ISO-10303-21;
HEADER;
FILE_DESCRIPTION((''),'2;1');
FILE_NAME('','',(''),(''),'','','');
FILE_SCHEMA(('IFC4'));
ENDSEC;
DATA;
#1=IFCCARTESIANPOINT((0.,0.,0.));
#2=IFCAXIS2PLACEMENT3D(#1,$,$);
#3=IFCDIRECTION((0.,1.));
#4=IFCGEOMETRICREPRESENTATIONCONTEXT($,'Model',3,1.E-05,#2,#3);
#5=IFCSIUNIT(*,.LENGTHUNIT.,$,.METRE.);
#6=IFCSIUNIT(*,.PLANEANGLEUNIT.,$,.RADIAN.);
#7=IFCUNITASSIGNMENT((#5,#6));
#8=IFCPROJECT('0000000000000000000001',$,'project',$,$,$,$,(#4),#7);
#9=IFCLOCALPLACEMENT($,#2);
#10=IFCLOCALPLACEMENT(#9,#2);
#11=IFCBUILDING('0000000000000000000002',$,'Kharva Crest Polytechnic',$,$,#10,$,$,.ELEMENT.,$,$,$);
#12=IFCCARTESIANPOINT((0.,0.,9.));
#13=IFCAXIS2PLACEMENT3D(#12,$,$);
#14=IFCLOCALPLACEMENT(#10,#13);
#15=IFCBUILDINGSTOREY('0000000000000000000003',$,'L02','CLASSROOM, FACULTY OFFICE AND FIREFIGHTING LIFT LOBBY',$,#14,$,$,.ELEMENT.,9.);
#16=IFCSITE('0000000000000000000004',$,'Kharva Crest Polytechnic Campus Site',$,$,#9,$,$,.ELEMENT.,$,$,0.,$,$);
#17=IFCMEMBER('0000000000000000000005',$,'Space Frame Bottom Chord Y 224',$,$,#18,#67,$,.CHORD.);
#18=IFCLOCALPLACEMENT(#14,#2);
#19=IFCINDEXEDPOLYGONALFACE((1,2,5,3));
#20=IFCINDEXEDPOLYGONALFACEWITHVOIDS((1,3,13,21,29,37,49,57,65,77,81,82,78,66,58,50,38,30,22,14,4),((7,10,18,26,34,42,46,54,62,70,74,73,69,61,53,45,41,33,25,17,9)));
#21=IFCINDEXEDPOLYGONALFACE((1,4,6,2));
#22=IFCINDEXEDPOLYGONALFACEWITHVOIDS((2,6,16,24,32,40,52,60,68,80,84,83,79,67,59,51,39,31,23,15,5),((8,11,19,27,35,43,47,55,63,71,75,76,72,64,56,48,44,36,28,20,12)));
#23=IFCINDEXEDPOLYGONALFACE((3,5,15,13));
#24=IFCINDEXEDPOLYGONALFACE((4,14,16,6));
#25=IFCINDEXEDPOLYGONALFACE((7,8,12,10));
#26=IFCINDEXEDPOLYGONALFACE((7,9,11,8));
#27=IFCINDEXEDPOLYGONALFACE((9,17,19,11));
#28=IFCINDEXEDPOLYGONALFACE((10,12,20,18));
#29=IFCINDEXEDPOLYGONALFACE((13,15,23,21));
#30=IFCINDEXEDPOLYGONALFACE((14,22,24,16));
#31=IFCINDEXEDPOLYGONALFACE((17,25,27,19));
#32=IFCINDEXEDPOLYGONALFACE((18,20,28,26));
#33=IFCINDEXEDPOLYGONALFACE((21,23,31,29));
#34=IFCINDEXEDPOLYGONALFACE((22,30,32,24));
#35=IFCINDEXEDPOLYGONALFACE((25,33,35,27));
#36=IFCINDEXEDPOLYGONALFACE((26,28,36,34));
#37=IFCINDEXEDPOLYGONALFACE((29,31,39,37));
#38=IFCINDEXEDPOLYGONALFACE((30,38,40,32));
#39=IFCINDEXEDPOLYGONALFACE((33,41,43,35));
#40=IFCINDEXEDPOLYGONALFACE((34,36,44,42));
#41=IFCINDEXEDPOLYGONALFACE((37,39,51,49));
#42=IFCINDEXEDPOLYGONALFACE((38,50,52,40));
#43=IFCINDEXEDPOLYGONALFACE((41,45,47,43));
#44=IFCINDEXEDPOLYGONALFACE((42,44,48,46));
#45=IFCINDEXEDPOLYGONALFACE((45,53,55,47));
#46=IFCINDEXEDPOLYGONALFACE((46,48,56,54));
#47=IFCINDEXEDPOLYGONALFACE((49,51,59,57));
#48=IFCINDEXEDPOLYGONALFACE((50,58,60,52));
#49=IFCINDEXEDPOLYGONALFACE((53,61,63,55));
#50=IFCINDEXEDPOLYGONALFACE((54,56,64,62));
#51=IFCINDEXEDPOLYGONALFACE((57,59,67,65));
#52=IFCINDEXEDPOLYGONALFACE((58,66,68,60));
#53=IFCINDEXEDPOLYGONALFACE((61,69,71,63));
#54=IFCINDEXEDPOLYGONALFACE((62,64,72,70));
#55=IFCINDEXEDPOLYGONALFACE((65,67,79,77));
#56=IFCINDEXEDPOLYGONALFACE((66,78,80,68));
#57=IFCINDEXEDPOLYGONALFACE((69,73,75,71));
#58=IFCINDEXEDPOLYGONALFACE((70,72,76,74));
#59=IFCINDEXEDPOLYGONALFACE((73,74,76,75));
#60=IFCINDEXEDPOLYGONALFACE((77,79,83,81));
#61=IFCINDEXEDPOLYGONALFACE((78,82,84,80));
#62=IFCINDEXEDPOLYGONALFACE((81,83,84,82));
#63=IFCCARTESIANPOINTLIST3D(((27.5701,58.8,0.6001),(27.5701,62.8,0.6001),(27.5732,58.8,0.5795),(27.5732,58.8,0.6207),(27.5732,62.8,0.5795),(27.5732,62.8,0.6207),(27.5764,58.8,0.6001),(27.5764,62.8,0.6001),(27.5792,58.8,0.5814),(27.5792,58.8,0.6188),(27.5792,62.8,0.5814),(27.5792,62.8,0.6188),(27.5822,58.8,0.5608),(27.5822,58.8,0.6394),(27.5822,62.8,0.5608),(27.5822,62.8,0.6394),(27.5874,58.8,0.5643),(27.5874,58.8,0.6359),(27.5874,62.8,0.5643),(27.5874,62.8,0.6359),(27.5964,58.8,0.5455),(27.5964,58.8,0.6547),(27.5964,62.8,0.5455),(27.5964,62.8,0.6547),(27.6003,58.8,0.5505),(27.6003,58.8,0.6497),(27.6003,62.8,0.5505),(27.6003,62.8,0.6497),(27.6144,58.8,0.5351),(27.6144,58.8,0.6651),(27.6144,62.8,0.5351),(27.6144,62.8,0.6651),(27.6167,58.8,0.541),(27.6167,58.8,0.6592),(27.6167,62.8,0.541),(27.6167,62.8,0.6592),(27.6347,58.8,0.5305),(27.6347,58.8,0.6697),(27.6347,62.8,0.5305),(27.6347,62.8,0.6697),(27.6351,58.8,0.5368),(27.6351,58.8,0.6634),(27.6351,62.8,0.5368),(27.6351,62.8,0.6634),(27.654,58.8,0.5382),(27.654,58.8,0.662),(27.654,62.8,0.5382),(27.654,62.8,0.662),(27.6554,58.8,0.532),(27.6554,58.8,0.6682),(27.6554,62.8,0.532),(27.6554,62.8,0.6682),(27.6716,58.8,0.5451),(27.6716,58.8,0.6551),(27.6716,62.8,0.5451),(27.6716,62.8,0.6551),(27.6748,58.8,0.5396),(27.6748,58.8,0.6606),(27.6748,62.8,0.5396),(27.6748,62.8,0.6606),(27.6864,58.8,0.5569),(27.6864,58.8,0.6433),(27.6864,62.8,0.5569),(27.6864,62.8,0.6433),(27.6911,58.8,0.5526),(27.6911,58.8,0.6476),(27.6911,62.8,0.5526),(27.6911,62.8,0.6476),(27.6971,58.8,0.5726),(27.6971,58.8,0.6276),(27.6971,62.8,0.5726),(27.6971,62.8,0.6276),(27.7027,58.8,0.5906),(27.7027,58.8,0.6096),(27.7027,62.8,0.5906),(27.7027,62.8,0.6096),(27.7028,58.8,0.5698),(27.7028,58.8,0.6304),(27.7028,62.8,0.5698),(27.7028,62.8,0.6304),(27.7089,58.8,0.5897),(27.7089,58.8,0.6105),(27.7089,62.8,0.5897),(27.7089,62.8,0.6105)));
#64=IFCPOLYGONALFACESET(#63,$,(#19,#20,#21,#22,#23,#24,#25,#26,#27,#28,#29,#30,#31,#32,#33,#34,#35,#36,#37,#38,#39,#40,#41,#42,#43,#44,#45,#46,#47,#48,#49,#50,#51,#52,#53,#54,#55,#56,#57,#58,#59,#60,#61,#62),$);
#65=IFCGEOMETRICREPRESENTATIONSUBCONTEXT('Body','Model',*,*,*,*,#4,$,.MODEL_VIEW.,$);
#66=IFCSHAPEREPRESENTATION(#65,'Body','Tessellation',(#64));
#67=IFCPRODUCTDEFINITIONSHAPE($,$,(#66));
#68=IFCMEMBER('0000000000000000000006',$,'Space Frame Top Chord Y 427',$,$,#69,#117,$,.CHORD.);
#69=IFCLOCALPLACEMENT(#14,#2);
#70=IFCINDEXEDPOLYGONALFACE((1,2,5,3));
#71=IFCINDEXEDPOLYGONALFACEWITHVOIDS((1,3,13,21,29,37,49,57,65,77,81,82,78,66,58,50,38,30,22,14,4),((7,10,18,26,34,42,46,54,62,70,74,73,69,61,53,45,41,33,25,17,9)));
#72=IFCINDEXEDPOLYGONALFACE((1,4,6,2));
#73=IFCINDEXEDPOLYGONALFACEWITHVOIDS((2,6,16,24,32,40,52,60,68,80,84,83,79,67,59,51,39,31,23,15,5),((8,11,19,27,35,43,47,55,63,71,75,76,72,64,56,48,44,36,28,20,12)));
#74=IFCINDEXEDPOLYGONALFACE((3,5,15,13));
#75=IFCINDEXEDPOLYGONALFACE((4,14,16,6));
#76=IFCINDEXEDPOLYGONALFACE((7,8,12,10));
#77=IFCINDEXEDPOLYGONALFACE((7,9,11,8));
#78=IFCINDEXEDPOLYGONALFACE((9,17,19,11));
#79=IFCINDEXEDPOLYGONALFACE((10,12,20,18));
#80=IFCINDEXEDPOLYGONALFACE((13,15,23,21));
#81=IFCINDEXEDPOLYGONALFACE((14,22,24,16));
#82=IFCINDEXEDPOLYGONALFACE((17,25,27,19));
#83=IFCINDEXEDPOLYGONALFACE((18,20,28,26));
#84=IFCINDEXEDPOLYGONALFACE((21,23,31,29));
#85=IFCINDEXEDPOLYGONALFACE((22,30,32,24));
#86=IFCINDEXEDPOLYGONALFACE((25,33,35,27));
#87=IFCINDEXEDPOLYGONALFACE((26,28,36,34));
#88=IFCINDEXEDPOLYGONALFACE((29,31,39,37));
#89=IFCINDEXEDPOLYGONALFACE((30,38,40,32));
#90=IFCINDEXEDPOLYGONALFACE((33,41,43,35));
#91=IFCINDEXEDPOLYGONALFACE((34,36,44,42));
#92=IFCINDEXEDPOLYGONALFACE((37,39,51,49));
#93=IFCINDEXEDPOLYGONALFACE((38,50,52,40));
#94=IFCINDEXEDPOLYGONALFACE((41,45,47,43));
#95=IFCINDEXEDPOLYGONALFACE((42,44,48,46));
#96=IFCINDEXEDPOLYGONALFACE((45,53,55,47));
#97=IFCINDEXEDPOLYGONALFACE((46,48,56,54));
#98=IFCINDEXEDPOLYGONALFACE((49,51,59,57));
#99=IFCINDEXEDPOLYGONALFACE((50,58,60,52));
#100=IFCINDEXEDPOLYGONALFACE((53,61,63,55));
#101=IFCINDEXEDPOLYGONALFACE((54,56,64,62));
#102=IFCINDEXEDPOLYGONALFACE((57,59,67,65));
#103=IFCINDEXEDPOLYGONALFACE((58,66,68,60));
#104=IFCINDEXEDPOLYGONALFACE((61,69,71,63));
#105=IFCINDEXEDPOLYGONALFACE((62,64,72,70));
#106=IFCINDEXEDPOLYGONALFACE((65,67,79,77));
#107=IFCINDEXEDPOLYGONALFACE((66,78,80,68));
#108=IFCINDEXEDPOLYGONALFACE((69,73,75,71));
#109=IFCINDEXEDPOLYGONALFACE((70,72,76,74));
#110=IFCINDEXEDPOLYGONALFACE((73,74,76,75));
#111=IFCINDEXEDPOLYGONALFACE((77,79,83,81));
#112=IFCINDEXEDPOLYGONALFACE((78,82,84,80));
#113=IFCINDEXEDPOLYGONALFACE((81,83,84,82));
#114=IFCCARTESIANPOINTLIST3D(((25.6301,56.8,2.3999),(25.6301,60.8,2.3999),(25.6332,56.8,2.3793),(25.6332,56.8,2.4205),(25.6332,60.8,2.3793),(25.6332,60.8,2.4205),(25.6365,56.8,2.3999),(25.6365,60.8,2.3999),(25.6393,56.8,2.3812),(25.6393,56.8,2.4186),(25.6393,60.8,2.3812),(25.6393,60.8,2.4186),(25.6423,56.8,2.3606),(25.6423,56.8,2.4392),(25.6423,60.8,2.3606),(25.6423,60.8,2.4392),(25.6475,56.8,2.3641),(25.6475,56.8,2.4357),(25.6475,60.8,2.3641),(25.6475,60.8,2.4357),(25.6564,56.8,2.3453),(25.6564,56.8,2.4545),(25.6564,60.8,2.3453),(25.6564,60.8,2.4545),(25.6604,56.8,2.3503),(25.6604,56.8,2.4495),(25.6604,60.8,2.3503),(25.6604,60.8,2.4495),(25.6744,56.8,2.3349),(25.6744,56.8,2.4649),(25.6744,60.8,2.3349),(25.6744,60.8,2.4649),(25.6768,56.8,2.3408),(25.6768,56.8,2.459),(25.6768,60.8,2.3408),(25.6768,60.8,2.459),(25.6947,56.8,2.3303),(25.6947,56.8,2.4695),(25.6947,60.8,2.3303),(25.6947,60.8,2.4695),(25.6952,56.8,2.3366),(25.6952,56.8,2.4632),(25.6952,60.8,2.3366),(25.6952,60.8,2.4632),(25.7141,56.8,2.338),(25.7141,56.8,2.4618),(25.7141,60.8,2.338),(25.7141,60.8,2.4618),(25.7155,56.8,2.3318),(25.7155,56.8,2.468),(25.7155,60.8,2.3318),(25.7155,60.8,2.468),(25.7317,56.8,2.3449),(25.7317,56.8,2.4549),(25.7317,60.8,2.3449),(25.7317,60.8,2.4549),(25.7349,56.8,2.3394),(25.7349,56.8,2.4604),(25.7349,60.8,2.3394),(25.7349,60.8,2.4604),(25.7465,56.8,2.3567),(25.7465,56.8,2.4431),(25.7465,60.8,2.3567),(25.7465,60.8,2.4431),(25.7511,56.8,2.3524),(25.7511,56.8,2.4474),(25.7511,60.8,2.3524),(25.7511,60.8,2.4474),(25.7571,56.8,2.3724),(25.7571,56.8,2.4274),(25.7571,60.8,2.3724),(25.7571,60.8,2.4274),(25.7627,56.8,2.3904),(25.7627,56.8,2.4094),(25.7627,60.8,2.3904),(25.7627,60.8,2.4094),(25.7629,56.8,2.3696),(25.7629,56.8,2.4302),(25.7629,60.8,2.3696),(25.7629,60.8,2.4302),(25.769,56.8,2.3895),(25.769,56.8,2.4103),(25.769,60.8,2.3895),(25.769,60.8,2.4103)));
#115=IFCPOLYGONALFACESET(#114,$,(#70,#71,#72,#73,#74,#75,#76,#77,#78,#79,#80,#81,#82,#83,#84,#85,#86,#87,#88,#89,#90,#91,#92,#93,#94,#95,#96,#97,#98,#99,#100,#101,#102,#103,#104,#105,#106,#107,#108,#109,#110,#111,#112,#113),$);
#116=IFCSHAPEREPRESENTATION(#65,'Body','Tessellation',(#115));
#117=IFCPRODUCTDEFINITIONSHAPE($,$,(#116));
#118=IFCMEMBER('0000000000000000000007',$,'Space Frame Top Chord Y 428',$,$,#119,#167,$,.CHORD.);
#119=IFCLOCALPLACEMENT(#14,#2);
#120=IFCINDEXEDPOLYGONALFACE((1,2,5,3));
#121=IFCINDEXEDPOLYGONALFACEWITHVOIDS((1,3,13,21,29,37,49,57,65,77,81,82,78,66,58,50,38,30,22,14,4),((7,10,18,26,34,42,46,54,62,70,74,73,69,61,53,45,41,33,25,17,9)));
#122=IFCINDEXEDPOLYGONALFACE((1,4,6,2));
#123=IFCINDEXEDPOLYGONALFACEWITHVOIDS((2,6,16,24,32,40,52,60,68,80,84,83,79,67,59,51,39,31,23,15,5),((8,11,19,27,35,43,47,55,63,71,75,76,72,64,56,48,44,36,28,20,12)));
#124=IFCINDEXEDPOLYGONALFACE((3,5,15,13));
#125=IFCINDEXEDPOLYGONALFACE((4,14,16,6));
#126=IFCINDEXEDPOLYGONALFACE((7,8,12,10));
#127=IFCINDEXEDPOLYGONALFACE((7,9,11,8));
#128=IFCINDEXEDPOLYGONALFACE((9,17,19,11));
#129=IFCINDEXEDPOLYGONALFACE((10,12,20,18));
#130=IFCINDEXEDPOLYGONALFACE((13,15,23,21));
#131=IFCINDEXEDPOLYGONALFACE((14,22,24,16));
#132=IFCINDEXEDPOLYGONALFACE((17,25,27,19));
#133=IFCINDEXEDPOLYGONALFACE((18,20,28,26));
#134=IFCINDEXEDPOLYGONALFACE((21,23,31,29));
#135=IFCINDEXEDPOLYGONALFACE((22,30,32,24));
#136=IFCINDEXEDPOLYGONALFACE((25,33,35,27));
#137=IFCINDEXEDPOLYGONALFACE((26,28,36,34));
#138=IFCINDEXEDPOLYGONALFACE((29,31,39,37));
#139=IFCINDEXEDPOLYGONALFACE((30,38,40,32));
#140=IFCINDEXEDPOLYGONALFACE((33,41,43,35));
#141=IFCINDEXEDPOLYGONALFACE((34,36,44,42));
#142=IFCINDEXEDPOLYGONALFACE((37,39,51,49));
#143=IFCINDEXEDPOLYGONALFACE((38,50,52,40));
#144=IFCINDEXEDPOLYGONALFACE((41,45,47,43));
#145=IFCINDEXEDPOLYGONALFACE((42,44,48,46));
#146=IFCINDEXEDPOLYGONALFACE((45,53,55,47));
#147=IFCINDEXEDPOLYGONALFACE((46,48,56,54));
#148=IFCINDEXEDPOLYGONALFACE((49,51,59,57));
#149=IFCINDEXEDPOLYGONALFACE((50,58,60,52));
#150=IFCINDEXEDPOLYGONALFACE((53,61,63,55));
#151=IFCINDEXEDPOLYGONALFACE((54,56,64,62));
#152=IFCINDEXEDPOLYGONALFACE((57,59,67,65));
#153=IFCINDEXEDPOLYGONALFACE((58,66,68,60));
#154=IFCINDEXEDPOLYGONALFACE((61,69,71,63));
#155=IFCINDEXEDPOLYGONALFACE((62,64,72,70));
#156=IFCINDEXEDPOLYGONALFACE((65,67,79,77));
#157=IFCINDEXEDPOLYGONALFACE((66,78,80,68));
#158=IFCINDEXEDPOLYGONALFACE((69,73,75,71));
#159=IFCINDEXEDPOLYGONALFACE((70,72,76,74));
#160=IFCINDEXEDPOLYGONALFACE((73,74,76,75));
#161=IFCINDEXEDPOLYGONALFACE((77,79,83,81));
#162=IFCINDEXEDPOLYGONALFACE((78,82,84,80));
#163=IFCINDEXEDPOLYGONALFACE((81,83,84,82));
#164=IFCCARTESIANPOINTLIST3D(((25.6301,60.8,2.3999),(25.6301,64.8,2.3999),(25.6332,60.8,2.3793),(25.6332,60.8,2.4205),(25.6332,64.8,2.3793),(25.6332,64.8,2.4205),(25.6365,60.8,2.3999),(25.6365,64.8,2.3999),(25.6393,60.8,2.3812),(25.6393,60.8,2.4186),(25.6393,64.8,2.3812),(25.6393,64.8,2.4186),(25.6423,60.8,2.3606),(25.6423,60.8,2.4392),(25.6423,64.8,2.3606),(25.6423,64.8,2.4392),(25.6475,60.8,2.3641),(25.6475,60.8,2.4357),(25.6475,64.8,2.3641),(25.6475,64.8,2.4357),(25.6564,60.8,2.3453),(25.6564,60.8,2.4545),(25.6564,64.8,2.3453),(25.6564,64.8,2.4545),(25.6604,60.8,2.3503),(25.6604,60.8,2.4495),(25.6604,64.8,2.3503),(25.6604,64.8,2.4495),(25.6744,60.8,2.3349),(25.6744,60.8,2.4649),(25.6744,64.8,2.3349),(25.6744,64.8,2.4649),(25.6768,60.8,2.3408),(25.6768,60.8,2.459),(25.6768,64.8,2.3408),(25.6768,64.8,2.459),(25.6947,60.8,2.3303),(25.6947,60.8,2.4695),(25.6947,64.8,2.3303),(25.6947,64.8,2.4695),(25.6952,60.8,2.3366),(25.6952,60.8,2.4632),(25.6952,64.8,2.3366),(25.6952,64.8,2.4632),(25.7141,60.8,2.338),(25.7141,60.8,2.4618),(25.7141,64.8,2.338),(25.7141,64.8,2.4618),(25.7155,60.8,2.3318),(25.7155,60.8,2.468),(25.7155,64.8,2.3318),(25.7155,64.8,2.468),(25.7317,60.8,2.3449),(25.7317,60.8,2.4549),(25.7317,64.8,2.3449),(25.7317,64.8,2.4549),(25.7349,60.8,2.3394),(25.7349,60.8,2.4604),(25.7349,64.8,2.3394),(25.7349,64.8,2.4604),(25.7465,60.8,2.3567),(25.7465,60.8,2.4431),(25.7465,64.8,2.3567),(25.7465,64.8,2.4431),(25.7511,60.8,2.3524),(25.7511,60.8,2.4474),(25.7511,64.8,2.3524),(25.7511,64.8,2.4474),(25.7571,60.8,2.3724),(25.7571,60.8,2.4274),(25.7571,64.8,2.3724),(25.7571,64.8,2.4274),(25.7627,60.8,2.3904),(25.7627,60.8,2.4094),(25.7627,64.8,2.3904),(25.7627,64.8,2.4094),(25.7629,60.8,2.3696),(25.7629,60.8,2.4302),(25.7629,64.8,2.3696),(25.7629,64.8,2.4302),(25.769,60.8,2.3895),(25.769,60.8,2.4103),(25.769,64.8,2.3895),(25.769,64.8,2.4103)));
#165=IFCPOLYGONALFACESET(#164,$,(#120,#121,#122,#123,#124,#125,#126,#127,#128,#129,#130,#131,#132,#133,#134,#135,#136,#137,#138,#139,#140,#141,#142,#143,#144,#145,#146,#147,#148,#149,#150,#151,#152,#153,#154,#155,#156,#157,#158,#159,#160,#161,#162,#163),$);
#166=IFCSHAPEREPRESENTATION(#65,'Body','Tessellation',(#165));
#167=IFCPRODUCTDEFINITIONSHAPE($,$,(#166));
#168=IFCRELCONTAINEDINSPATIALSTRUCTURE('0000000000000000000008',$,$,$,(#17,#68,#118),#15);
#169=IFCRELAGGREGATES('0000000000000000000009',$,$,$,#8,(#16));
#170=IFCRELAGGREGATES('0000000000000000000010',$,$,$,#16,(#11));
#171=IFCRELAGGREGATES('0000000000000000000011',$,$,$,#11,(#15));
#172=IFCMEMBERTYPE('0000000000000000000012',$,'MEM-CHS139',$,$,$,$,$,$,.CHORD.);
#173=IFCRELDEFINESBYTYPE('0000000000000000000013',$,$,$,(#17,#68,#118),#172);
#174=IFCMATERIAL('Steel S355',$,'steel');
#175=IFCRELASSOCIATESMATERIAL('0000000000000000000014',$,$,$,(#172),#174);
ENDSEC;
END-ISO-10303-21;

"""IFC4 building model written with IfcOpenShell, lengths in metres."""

from ifc_helpers import new_model, si_unit, direction, frame, origin, origin_2d, place, context, subcontext, project, spatial, hollow_circle, extrude, material, material_profile, profile_set, type_object, element, save


model = new_model("IFC4")

# Units and contexts
model_context = context("Model", 3, precision=1e-05, world=origin(), true_north=direction((0.0, 1.0)))
body_context = subcontext(model_context, "Body", "Model", "MODEL_VIEW")
ifc_project = project(units=[si_unit("LENGTHUNIT", "METRE"), si_unit("PLANEANGLEUNIT", "RADIAN")], contexts=[model_context])

# Site, building, storey
site_placement = place(None, origin())
site = spatial("IfcSite", under=ifc_project, at=site_placement, Name="Kharva Crest Polytechnic Campus Site", CompositionType="ELEMENT", RefElevation=0.0)
building_placement = place(site_placement, origin())
building = spatial("IfcBuilding", under=site, at=building_placement, Name="Kharva Crest Polytechnic", CompositionType="ELEMENT")
storey_placement = place(building_placement, frame((0.0, 0.0, 9.0)))
storey = spatial("IfcBuildingStorey", under=building, at=storey_placement, Name="L02", Description="CLASSROOM, FACULTY OFFICE AND FIREFIGHTING LIFT LOBBY", CompositionType="ELEMENT", Elevation=9.0)

# Shared definitions
ifc_material_1 = material(Name="Steel S355", Category="steel")

# Members
ifc_material_profile_1 = material_profile(ifc_material_1, hollow_circle(Radius=0.0698, WallThickness=0.0063, at=origin_2d()), Name="CHS 139.7X6.3")
ifc_profile_set_1 = profile_set([ifc_material_profile_1], Name="Steel S355")
member_type_1 = type_object("IfcMemberType", Name="MEM-CHS139", PredefinedType="CHORD", material=ifc_profile_set_1)
for number, where, z_axis, x_axis, name in (
    (1, (27.6399, 58.8, 0.6001), (0.0, 1.0, 0.0), (-1.0, 0.0, 0.0), "Space Frame Bottom Chord Y 224"),
    (2, (25.7, 56.8, 2.3999), (0.0, 1.0, 0.0), (-1.0, 0.0, 0.0), "Space Frame Top Chord Y 427"),
    (3, (25.7, 60.8, 2.3999), (0.0, 1.0, 0.0), (-1.0, 0.0, 0.0), "Space Frame Top Chord Y 428"),
):
    element("IfcMember", number, at=place(storey_placement, frame(where, z_axis=z_axis, x_axis=x_axis)), inside=storey, type_object=member_type_1, Name=name, PredefinedType="CHORD", context=body_context, shape_type="SweptSolid", body=[
        extrude(hollow_circle(Radius=0.0698, WallThickness=0.0063, at=origin_2d()), origin(), (0.0, 0.0, 1.0), 4.0),
    ])

save(model, "model.ifc")
